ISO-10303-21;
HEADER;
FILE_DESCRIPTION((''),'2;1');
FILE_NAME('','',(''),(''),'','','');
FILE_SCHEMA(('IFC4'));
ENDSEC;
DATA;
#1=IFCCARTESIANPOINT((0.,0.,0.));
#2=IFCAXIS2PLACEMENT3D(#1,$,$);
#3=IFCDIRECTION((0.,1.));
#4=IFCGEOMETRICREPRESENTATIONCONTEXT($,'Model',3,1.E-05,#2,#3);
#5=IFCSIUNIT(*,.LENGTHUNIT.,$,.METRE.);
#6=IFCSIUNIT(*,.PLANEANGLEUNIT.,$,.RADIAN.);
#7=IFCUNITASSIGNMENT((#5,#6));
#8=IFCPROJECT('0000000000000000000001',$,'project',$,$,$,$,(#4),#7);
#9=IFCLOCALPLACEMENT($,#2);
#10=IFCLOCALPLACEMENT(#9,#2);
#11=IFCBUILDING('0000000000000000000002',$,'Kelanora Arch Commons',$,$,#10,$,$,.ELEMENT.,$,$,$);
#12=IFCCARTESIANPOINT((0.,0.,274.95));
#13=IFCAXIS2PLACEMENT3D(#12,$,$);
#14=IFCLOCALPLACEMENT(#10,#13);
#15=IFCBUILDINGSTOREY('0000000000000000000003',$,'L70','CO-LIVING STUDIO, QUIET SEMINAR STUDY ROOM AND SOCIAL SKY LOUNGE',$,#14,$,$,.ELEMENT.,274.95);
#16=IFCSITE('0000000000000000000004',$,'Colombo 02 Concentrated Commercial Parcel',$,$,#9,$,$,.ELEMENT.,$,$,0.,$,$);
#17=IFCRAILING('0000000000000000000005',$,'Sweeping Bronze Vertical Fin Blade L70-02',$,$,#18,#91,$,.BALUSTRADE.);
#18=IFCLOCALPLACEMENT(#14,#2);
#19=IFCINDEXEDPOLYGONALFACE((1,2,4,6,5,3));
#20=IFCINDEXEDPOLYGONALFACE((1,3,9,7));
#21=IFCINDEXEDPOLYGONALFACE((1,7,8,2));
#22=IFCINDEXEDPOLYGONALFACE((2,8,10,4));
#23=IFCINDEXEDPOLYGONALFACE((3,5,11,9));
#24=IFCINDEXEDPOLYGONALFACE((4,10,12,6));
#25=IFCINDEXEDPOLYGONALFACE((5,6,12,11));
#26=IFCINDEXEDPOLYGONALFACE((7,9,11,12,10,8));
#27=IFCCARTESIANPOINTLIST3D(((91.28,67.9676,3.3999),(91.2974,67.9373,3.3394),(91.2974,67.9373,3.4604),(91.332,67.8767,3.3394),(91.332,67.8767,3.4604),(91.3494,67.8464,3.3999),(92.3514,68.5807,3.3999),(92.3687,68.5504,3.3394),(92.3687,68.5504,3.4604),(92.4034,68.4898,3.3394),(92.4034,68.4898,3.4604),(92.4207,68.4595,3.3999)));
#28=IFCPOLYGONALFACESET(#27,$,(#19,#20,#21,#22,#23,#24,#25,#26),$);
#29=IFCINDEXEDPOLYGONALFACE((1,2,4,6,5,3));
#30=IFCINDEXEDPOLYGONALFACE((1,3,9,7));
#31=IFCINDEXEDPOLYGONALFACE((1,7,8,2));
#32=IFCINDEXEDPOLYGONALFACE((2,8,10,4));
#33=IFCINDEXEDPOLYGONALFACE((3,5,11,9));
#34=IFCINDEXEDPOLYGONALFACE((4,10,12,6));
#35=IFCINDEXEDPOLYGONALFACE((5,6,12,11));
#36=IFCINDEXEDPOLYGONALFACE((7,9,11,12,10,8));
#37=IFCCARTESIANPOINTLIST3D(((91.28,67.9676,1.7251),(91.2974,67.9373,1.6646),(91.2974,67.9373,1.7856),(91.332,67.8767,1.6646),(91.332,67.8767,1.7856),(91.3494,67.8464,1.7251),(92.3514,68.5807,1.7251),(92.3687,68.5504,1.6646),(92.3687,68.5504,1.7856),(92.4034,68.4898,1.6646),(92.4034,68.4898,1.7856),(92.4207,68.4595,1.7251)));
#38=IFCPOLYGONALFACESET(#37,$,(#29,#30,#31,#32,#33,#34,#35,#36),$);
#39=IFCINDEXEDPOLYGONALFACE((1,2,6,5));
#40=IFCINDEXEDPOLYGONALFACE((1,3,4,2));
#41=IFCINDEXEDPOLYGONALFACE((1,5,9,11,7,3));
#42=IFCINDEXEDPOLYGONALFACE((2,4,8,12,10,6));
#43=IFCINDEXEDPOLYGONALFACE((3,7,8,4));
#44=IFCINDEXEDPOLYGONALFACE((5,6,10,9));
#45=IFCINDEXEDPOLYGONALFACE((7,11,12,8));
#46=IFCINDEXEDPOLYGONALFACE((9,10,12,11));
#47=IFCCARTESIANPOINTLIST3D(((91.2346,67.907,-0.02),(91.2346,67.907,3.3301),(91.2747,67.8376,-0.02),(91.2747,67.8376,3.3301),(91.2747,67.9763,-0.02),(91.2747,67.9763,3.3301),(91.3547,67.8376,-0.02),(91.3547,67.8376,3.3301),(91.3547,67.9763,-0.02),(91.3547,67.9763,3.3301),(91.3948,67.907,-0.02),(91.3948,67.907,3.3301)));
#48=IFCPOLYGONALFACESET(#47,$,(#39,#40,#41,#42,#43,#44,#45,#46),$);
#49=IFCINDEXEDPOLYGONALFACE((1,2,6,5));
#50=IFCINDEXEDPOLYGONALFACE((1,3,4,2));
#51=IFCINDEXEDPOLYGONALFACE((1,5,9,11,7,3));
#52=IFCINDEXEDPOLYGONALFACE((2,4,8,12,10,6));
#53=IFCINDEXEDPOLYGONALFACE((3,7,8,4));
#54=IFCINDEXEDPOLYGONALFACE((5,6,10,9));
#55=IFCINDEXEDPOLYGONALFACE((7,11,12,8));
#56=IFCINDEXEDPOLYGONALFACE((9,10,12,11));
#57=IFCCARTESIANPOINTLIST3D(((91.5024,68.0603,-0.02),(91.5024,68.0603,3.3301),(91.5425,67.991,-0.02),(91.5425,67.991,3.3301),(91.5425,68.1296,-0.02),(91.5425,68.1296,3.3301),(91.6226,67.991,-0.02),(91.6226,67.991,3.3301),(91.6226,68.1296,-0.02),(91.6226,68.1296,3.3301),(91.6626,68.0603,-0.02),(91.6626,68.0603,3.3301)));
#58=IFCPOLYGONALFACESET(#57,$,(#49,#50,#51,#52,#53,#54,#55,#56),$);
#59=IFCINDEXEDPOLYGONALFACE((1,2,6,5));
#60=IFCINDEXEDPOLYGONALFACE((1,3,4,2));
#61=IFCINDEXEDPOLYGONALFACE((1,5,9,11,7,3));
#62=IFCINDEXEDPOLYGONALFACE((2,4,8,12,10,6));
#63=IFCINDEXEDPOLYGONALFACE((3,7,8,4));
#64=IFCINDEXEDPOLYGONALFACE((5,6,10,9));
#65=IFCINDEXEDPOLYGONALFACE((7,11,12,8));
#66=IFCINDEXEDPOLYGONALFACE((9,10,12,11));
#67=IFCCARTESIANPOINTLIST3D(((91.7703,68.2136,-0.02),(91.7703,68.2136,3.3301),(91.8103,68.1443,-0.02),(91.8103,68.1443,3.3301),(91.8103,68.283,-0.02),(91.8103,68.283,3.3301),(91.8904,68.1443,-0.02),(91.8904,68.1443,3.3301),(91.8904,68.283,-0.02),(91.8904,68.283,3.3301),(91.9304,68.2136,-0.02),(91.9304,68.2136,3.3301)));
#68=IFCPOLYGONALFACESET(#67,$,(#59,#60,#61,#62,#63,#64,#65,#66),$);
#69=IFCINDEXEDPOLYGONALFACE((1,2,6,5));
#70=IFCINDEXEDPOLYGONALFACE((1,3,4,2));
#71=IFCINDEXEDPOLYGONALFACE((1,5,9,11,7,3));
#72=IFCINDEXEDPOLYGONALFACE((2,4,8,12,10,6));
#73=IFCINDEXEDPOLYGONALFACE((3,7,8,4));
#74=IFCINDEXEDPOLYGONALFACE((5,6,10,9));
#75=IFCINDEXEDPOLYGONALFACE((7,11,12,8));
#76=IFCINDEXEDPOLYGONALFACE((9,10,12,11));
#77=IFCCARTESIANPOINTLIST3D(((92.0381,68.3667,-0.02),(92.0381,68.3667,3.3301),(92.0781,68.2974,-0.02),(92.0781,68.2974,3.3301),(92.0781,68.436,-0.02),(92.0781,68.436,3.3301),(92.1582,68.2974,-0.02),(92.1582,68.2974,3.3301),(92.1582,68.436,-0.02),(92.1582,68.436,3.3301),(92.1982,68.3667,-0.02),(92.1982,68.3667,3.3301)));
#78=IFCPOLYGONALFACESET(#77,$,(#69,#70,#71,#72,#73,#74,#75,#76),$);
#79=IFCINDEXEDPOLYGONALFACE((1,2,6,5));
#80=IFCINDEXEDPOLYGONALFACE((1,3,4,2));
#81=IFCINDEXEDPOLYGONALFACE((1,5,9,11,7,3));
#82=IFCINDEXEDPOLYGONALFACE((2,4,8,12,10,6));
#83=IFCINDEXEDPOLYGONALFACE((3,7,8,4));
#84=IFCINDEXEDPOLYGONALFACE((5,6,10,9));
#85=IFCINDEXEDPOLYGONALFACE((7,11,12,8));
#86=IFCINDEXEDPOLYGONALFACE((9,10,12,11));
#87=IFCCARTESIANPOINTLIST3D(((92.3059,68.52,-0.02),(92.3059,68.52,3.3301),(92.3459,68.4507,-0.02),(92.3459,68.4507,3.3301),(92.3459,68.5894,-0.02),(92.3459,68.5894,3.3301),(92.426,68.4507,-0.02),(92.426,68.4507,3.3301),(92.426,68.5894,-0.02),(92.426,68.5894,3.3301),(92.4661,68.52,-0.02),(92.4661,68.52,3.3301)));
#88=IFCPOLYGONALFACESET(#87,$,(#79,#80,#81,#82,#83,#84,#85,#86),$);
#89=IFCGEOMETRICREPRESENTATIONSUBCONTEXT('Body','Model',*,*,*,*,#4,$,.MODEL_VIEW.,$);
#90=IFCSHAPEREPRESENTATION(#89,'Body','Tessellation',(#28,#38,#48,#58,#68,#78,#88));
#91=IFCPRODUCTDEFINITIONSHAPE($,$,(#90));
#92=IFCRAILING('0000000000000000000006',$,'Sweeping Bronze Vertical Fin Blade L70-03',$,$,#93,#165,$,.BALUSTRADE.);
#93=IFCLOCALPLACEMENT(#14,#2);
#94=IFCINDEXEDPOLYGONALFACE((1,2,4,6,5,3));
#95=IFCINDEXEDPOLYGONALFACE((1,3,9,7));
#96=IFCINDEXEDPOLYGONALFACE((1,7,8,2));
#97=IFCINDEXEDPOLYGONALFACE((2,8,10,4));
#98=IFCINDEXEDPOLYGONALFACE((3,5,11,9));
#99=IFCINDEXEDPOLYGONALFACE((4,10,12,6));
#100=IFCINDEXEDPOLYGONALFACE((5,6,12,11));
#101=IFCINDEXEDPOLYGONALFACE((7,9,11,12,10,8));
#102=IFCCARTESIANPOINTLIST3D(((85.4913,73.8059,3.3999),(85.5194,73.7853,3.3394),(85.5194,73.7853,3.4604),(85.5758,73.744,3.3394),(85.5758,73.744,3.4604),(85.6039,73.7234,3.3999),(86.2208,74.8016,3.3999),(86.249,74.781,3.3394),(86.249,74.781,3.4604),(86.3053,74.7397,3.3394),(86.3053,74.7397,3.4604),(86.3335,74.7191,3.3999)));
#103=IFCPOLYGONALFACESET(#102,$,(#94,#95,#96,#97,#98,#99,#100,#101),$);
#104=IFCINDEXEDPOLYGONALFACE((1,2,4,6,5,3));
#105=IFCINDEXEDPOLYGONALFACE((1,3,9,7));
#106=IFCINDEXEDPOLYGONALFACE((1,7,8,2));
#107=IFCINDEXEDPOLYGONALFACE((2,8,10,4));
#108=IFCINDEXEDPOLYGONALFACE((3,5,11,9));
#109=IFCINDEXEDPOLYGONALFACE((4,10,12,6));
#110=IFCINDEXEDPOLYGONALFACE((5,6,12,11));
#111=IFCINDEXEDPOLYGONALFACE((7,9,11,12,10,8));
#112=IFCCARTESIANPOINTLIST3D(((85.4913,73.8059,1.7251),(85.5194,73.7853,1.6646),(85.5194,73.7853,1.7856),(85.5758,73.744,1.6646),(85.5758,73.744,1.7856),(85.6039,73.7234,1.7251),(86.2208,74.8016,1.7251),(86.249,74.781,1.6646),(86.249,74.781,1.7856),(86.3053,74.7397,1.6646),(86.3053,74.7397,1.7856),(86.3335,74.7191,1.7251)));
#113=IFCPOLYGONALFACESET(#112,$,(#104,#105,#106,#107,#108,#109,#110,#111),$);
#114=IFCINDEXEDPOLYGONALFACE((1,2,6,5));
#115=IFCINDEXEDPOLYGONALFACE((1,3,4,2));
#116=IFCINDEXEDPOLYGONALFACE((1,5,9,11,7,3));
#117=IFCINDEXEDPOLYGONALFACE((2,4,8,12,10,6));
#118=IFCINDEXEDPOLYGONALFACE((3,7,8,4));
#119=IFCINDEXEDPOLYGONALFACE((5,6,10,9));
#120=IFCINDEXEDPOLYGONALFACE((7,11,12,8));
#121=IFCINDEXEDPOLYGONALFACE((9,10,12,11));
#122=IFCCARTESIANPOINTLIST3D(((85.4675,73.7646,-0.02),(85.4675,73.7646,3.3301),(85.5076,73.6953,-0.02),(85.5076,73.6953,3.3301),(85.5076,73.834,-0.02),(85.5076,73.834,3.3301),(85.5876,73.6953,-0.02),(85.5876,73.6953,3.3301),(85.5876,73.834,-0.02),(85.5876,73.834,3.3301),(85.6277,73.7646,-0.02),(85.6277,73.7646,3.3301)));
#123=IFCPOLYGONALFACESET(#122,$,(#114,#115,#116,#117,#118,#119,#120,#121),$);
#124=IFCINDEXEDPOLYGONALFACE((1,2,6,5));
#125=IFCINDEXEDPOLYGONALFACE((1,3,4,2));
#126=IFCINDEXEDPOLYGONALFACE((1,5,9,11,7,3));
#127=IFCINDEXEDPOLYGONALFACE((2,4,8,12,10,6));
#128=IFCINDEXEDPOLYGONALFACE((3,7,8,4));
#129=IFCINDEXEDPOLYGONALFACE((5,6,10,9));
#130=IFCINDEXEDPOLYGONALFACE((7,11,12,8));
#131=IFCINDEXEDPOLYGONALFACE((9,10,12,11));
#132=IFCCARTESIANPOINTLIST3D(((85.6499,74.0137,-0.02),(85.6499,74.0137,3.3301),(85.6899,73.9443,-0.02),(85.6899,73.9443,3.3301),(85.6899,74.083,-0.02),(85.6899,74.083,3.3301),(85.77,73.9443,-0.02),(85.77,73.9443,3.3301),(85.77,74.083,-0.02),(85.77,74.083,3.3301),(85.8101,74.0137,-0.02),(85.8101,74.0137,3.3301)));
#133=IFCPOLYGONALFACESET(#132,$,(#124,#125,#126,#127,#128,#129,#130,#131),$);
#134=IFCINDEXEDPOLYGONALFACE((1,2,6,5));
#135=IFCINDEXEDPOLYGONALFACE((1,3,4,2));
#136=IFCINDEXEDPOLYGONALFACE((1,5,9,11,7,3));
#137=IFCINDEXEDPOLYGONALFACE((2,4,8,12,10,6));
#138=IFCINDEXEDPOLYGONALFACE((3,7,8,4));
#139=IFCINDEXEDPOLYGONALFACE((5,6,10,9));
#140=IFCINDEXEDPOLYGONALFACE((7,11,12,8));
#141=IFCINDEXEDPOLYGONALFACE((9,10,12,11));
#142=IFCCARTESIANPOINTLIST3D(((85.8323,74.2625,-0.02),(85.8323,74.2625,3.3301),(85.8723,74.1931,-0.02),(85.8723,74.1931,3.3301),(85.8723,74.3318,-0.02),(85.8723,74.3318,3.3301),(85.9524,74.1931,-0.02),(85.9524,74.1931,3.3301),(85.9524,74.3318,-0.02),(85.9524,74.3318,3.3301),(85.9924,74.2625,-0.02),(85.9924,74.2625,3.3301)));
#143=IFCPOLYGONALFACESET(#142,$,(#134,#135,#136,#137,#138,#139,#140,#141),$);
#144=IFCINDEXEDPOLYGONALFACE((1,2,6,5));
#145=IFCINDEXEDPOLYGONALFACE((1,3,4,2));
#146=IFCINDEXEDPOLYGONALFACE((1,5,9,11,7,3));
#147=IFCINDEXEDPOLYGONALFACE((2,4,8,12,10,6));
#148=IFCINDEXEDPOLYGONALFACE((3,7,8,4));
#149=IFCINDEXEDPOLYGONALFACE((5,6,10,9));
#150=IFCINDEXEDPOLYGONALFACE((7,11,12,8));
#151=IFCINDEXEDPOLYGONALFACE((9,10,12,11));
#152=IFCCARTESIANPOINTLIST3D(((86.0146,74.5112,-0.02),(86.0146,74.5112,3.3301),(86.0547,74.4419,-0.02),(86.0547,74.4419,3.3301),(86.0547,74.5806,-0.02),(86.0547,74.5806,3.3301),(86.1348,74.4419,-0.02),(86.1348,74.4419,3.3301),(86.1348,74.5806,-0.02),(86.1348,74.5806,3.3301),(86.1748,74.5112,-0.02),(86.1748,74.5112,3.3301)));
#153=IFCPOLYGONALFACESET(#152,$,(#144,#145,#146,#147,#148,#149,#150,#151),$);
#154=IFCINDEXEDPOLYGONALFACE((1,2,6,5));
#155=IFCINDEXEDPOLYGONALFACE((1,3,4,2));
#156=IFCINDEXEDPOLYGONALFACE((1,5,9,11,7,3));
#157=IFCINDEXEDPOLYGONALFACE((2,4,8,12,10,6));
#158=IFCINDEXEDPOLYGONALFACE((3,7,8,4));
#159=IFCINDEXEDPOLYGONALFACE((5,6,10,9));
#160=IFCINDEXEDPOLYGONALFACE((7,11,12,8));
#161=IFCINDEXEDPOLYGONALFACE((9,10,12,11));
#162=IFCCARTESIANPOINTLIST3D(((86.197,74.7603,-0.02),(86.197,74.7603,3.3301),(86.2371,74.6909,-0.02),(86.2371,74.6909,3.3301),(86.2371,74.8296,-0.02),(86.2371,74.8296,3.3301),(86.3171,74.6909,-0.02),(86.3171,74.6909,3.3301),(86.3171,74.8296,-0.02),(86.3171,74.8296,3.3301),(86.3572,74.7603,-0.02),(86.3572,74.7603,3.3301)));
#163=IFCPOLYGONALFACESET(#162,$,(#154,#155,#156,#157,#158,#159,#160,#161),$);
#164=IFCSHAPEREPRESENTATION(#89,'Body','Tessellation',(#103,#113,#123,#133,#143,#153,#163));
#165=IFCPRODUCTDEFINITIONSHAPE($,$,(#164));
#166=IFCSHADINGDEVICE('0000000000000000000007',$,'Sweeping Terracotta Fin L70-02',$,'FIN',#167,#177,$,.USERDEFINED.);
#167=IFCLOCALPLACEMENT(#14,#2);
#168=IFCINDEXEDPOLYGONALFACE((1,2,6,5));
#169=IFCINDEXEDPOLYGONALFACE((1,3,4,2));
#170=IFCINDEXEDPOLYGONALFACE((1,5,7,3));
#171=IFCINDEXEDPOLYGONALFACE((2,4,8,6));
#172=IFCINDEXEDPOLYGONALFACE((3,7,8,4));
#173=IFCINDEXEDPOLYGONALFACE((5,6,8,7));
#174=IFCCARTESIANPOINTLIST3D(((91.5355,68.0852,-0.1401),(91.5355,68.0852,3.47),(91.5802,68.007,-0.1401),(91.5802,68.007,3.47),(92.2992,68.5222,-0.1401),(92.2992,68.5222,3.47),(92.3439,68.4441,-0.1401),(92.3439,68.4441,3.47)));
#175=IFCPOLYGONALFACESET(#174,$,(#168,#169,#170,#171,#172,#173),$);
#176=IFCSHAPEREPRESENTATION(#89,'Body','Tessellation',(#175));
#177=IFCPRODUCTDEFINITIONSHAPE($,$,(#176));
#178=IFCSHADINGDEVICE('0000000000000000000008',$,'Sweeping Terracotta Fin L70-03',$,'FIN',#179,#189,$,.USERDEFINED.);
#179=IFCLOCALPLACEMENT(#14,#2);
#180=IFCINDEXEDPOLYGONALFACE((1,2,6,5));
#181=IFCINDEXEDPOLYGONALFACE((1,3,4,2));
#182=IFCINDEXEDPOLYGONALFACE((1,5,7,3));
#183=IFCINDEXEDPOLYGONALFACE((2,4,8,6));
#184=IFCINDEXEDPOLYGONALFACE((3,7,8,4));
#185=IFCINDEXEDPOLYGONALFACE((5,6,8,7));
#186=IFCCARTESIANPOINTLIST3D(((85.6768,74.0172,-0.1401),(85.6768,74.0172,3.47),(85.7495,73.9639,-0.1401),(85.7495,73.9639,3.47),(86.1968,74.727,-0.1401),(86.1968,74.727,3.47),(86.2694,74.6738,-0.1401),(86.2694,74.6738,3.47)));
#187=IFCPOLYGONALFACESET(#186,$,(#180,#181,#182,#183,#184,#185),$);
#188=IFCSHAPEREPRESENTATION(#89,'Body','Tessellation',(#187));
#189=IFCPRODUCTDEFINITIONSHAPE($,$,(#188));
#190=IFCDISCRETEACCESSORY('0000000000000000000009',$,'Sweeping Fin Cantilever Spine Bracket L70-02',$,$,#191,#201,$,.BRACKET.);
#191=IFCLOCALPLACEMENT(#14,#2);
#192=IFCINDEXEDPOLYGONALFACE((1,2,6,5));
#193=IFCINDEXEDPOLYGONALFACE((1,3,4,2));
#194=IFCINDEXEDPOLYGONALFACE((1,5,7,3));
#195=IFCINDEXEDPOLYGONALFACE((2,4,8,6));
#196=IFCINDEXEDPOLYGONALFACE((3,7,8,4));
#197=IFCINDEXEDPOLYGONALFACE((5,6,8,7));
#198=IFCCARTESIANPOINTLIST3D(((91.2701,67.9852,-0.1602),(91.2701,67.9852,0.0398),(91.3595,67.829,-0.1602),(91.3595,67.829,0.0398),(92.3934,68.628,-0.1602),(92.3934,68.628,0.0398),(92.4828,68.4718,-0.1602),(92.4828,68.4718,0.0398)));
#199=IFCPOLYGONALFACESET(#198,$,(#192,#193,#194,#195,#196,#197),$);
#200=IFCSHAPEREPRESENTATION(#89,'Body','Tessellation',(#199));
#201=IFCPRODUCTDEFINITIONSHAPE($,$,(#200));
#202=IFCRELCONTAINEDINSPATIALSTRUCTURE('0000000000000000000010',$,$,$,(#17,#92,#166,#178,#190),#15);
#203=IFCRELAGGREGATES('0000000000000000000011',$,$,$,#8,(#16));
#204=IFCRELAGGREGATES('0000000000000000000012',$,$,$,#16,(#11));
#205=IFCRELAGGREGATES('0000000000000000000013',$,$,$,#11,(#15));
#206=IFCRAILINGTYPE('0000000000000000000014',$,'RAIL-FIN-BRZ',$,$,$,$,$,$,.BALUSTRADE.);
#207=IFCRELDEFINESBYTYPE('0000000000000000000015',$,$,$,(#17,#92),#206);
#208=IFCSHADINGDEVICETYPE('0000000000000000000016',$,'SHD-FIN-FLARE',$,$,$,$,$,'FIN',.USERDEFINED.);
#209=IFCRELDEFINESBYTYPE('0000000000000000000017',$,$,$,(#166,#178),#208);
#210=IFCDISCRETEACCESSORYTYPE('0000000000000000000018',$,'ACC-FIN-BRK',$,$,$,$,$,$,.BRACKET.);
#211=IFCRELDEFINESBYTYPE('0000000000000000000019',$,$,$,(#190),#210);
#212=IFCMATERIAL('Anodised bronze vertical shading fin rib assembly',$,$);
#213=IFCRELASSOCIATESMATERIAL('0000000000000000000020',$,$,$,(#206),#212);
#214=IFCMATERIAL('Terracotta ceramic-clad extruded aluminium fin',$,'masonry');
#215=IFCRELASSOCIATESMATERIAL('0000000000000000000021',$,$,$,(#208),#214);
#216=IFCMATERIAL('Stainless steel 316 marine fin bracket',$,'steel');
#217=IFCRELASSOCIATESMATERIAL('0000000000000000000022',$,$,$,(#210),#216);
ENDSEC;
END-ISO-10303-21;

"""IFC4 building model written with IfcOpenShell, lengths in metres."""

from ifc_helpers import new_model, si_unit, direction, frame, origin, origin_2d, place, context, subcontext, project, spatial, polyline, rectangle, outline, extrude, source, transform, mapped, material, type_object, element, save


model = new_model("IFC4")

# Units and contexts
model_context = context("Model", 3, precision=1e-05, world=origin(), true_north=direction((0.0, 1.0)))
body_context = subcontext(model_context, "Body", "Model", "MODEL_VIEW")
ifc_project = project(units=[si_unit("LENGTHUNIT", "METRE"), si_unit("PLANEANGLEUNIT", "RADIAN")], contexts=[model_context])

# Site, building, storey
site_placement = place(None, origin())
site = spatial("IfcSite", under=ifc_project, at=site_placement, Name="Colombo 02 Concentrated Commercial Parcel", CompositionType="ELEMENT", RefElevation=0.0)
building_placement = place(site_placement, origin())
building = spatial("IfcBuilding", under=site, at=building_placement, Name="Kelanora Arch Commons", CompositionType="ELEMENT")
storey_placement = place(building_placement, frame((0.0, 0.0, 274.95)))
storey = spatial("IfcBuildingStorey", under=building, at=storey_placement, Name="L70", Description="CO-LIVING STUDIO, QUIET SEMINAR STUDY ROOM AND SOCIAL SKY LOUNGE", CompositionType="ELEMENT", Elevation=274.95)

# Railings
ifc_material_1 = material(Name="Anodised bronze vertical shading fin rib assembly")
railing_type = type_object("IfcRailingType", Name="RAIL-FIN-BRZ", PredefinedType="BALUSTRADE", material=ifc_material_1)
railing_1_placement = place(storey_placement, frame((91.3147, 67.907, -0.02)))
element("IfcRailing", 1, at=railing_1_placement, inside=storey, type_object=railing_type, Name="Sweeping Bronze Vertical Fin Blade L70-02", PredefinedType="BALUSTRADE", context=body_context, shape_type="SweptSolid", body=[
    extrude(outline(polyline([(0.0698, 0.0), (0.0349, 0.0605), (-0.0349, 0.0605), (-0.0698, 0.0), (-0.0349, -0.0605), (0.0349, -0.0605), (0.0698, 0.0)])), frame((0.0, 0.0, 3.4199), z_axis=(0.867939, 0.496671, 0.0), x_axis=(-0.496671, 0.867939, 0.0)), (0.0, 0.0, 1.0), 1.2344),
    extrude(outline(polyline([(0.0698, 0.0), (0.0349, 0.0605), (-0.0349, 0.0605), (-0.0698, 0.0), (-0.0349, -0.0605), (0.0349, -0.0605), (0.0698, 0.0)])), frame((0.0, 0.0, 1.7451), z_axis=(0.867939, 0.496671, 0.0), x_axis=(-0.496671, 0.867939, 0.0)), (0.0, 0.0, 1.0), 1.2344),
    extrude(outline(polyline([(0.0801, 0.0), (0.04, 0.0693), (-0.04, 0.0693), (-0.0801, 0.0), (-0.04, -0.0693), (0.04, -0.0693), (0.0801, 0.0)])), origin(), (0.0, 0.0, 1.0), 3.3501),
    extrude(outline(polyline([(0.0801, 0.0), (0.04, 0.0693), (-0.04, 0.0693), (-0.0801, 0.0), (-0.04, -0.0693), (0.04, -0.0693), (0.0801, 0.0)])), frame((0.2678, 0.1533, 0.0)), (0.0, 0.0, 1.0), 3.3501),
    extrude(outline(polyline([(0.0801, 0.0), (0.04, 0.0693), (-0.04, 0.0693), (-0.0801, 0.0), (-0.04, -0.0693), (0.04, -0.0693), (0.0801, 0.0)])), frame((0.5356, 0.3066, 0.0)), (0.0, 0.0, 1.0), 3.3501),
    extrude(outline(polyline([(0.0801, 0.0), (0.04, 0.0693), (-0.04, 0.0693), (-0.0801, 0.0), (-0.04, -0.0693), (0.04, -0.0693), (0.0801, 0.0)])), frame((0.8035, 0.4597, 0.0)), (0.0, 0.0, 1.0), 3.3501),
    extrude(outline(polyline([(0.0801, 0.0), (0.04, 0.0693), (-0.04, 0.0693), (-0.0801, 0.0), (-0.04, -0.0693), (0.04, -0.0693), (0.0801, 0.0)])), frame((1.0713, 0.613, 0.0)), (0.0, 0.0, 1.0), 3.3501),
])
railing_2_placement = place(storey_placement, frame((85.5476, 73.7646, -0.02)))
element("IfcRailing", 2, at=railing_2_placement, inside=storey, type_object=railing_type, Name="Sweeping Bronze Vertical Fin Blade L70-03", PredefinedType="BALUSTRADE", context=body_context, shape_type="SweptSolid", body=[
    extrude(outline(polyline([(0.0698, 0.0), (0.0349, 0.0605), (-0.0349, 0.0605), (-0.0698, 0.0), (-0.0349, -0.0605), (0.0349, -0.0605), (0.0698, 0.0)])), frame((0.0, 0.0, 3.4199), z_axis=(0.591038, 0.806644, 0.0), x_axis=(-0.806644, 0.591038, 0.0)), (0.0, 0.0, 1.0), 1.2344),
    extrude(outline(polyline([(0.0698, 0.0), (0.0349, 0.0605), (-0.0349, 0.0605), (-0.0698, 0.0), (-0.0349, -0.0605), (0.0349, -0.0605), (0.0698, 0.0)])), frame((0.0, 0.0, 1.7451), z_axis=(0.591038, 0.806644, 0.0), x_axis=(-0.806644, 0.591038, 0.0)), (0.0, 0.0, 1.0), 1.2344),
    extrude(outline(polyline([(0.0801, 0.0), (0.04, 0.0693), (-0.04, 0.0693), (-0.0801, 0.0), (-0.04, -0.0693), (0.04, -0.0693), (0.0801, 0.0)])), origin(), (0.0, 0.0, 1.0), 3.3501),
    extrude(outline(polyline([(0.0801, 0.0), (0.04, 0.0693), (-0.04, 0.0693), (-0.0801, 0.0), (-0.04, -0.0693), (0.04, -0.0693), (0.0801, 0.0)])), frame((0.1824, 0.249, 0.0)), (0.0, 0.0, 1.0), 3.3501),
    extrude(outline(polyline([(0.0801, 0.0), (0.04, 0.0693), (-0.04, 0.0693), (-0.0801, 0.0), (-0.04, -0.0693), (0.04, -0.0693), (0.0801, 0.0)])), frame((0.3647, 0.4978, 0.0)), (0.0, 0.0, 1.0), 3.3501),
    extrude(outline(polyline([(0.0801, 0.0), (0.04, 0.0693), (-0.04, 0.0693), (-0.0801, 0.0), (-0.04, -0.0693), (0.04, -0.0693), (0.0801, 0.0)])), frame((0.5471, 0.7466, 0.0)), (0.0, 0.0, 1.0), 3.3501),
    extrude(outline(polyline([(0.0801, 0.0), (0.04, 0.0693), (-0.04, 0.0693), (-0.0801, 0.0), (-0.04, -0.0693), (0.04, -0.0693), (0.0801, 0.0)])), frame((0.7295, 0.9956, 0.0)), (0.0, 0.0, 1.0), 3.3501),
])

# Shading devices
ifc_material_2 = material(Name="Terracotta ceramic-clad extruded aluminium fin", Category="masonry")
shading_device_type = type_object("IfcShadingDeviceType", Name="SHD-FIN-FLARE", ElementType="FIN", PredefinedType="USERDEFINED", material=ifc_material_2)
shared_shape_1 = source(origin(), body_context, "Body", "SweptSolid", [
    extrude(rectangle(XDim=0.8799, YDim=0.0901, at=origin_2d()), origin(), (0.0, 0.0, 1.0), 3.6101),
])
for number, where, z_axis, x_axis, name in (
    (3, (91.9397, 68.2646, -0.1401), (0.0, 0.0, 1.0), (0.867939, 0.496671, 0.0), "Sweeping Terracotta Fin L70-02"),
    (4, (85.9731, 74.3455, -0.1401), (0.0, 0.0, 1.0), (0.590887, 0.806754, 0.0), "Sweeping Terracotta Fin L70-03"),
):
    element("IfcShadingDevice", number, at=place(storey_placement, frame(where, z_axis=z_axis, x_axis=x_axis)), inside=storey, type_object=shading_device_type, Name=name, ObjectType="FIN", PredefinedType="USERDEFINED", context=body_context, shape_type="MappedRepresentation", body=[
        mapped(shared_shape_1, transform((0.0, 0.0, 0.0), scale=1.0)),
    ])

# Discrete accessory
ifc_material_3 = material(Name="Stainless steel 316 marine fin bracket", Category="steel")
discrete_accessory_type = type_object("IfcDiscreteAccessoryType", Name="ACC-FIN-BRK", PredefinedType="BRACKET", material=ifc_material_3)
shared_shape_2 = source(origin(), body_context, "Body", "SweptSolid", [
    extrude(rectangle(XDim=1.2942, YDim=0.1799, at=origin_2d()), origin(), (0.0, 0.0, 1.0), 0.2),
])
for number, where, z_axis, x_axis, name in (
    (5, (91.8765, 68.2285, -0.1602), (0.0, 0.0, 1.0), (0.867939, 0.496671, 0.0), "Sweeping Fin Cantilever Spine Bracket L70-02"),
):
    element("IfcDiscreteAccessory", number, at=place(storey_placement, frame(where, z_axis=z_axis, x_axis=x_axis)), inside=storey, type_object=discrete_accessory_type, Name=name, PredefinedType="BRACKET", context=body_context, shape_type="MappedRepresentation", body=[
        mapped(shared_shape_2, transform((0.0, 0.0, 0.0), scale=1.0)),
    ])

save(model, "model.ifc")
